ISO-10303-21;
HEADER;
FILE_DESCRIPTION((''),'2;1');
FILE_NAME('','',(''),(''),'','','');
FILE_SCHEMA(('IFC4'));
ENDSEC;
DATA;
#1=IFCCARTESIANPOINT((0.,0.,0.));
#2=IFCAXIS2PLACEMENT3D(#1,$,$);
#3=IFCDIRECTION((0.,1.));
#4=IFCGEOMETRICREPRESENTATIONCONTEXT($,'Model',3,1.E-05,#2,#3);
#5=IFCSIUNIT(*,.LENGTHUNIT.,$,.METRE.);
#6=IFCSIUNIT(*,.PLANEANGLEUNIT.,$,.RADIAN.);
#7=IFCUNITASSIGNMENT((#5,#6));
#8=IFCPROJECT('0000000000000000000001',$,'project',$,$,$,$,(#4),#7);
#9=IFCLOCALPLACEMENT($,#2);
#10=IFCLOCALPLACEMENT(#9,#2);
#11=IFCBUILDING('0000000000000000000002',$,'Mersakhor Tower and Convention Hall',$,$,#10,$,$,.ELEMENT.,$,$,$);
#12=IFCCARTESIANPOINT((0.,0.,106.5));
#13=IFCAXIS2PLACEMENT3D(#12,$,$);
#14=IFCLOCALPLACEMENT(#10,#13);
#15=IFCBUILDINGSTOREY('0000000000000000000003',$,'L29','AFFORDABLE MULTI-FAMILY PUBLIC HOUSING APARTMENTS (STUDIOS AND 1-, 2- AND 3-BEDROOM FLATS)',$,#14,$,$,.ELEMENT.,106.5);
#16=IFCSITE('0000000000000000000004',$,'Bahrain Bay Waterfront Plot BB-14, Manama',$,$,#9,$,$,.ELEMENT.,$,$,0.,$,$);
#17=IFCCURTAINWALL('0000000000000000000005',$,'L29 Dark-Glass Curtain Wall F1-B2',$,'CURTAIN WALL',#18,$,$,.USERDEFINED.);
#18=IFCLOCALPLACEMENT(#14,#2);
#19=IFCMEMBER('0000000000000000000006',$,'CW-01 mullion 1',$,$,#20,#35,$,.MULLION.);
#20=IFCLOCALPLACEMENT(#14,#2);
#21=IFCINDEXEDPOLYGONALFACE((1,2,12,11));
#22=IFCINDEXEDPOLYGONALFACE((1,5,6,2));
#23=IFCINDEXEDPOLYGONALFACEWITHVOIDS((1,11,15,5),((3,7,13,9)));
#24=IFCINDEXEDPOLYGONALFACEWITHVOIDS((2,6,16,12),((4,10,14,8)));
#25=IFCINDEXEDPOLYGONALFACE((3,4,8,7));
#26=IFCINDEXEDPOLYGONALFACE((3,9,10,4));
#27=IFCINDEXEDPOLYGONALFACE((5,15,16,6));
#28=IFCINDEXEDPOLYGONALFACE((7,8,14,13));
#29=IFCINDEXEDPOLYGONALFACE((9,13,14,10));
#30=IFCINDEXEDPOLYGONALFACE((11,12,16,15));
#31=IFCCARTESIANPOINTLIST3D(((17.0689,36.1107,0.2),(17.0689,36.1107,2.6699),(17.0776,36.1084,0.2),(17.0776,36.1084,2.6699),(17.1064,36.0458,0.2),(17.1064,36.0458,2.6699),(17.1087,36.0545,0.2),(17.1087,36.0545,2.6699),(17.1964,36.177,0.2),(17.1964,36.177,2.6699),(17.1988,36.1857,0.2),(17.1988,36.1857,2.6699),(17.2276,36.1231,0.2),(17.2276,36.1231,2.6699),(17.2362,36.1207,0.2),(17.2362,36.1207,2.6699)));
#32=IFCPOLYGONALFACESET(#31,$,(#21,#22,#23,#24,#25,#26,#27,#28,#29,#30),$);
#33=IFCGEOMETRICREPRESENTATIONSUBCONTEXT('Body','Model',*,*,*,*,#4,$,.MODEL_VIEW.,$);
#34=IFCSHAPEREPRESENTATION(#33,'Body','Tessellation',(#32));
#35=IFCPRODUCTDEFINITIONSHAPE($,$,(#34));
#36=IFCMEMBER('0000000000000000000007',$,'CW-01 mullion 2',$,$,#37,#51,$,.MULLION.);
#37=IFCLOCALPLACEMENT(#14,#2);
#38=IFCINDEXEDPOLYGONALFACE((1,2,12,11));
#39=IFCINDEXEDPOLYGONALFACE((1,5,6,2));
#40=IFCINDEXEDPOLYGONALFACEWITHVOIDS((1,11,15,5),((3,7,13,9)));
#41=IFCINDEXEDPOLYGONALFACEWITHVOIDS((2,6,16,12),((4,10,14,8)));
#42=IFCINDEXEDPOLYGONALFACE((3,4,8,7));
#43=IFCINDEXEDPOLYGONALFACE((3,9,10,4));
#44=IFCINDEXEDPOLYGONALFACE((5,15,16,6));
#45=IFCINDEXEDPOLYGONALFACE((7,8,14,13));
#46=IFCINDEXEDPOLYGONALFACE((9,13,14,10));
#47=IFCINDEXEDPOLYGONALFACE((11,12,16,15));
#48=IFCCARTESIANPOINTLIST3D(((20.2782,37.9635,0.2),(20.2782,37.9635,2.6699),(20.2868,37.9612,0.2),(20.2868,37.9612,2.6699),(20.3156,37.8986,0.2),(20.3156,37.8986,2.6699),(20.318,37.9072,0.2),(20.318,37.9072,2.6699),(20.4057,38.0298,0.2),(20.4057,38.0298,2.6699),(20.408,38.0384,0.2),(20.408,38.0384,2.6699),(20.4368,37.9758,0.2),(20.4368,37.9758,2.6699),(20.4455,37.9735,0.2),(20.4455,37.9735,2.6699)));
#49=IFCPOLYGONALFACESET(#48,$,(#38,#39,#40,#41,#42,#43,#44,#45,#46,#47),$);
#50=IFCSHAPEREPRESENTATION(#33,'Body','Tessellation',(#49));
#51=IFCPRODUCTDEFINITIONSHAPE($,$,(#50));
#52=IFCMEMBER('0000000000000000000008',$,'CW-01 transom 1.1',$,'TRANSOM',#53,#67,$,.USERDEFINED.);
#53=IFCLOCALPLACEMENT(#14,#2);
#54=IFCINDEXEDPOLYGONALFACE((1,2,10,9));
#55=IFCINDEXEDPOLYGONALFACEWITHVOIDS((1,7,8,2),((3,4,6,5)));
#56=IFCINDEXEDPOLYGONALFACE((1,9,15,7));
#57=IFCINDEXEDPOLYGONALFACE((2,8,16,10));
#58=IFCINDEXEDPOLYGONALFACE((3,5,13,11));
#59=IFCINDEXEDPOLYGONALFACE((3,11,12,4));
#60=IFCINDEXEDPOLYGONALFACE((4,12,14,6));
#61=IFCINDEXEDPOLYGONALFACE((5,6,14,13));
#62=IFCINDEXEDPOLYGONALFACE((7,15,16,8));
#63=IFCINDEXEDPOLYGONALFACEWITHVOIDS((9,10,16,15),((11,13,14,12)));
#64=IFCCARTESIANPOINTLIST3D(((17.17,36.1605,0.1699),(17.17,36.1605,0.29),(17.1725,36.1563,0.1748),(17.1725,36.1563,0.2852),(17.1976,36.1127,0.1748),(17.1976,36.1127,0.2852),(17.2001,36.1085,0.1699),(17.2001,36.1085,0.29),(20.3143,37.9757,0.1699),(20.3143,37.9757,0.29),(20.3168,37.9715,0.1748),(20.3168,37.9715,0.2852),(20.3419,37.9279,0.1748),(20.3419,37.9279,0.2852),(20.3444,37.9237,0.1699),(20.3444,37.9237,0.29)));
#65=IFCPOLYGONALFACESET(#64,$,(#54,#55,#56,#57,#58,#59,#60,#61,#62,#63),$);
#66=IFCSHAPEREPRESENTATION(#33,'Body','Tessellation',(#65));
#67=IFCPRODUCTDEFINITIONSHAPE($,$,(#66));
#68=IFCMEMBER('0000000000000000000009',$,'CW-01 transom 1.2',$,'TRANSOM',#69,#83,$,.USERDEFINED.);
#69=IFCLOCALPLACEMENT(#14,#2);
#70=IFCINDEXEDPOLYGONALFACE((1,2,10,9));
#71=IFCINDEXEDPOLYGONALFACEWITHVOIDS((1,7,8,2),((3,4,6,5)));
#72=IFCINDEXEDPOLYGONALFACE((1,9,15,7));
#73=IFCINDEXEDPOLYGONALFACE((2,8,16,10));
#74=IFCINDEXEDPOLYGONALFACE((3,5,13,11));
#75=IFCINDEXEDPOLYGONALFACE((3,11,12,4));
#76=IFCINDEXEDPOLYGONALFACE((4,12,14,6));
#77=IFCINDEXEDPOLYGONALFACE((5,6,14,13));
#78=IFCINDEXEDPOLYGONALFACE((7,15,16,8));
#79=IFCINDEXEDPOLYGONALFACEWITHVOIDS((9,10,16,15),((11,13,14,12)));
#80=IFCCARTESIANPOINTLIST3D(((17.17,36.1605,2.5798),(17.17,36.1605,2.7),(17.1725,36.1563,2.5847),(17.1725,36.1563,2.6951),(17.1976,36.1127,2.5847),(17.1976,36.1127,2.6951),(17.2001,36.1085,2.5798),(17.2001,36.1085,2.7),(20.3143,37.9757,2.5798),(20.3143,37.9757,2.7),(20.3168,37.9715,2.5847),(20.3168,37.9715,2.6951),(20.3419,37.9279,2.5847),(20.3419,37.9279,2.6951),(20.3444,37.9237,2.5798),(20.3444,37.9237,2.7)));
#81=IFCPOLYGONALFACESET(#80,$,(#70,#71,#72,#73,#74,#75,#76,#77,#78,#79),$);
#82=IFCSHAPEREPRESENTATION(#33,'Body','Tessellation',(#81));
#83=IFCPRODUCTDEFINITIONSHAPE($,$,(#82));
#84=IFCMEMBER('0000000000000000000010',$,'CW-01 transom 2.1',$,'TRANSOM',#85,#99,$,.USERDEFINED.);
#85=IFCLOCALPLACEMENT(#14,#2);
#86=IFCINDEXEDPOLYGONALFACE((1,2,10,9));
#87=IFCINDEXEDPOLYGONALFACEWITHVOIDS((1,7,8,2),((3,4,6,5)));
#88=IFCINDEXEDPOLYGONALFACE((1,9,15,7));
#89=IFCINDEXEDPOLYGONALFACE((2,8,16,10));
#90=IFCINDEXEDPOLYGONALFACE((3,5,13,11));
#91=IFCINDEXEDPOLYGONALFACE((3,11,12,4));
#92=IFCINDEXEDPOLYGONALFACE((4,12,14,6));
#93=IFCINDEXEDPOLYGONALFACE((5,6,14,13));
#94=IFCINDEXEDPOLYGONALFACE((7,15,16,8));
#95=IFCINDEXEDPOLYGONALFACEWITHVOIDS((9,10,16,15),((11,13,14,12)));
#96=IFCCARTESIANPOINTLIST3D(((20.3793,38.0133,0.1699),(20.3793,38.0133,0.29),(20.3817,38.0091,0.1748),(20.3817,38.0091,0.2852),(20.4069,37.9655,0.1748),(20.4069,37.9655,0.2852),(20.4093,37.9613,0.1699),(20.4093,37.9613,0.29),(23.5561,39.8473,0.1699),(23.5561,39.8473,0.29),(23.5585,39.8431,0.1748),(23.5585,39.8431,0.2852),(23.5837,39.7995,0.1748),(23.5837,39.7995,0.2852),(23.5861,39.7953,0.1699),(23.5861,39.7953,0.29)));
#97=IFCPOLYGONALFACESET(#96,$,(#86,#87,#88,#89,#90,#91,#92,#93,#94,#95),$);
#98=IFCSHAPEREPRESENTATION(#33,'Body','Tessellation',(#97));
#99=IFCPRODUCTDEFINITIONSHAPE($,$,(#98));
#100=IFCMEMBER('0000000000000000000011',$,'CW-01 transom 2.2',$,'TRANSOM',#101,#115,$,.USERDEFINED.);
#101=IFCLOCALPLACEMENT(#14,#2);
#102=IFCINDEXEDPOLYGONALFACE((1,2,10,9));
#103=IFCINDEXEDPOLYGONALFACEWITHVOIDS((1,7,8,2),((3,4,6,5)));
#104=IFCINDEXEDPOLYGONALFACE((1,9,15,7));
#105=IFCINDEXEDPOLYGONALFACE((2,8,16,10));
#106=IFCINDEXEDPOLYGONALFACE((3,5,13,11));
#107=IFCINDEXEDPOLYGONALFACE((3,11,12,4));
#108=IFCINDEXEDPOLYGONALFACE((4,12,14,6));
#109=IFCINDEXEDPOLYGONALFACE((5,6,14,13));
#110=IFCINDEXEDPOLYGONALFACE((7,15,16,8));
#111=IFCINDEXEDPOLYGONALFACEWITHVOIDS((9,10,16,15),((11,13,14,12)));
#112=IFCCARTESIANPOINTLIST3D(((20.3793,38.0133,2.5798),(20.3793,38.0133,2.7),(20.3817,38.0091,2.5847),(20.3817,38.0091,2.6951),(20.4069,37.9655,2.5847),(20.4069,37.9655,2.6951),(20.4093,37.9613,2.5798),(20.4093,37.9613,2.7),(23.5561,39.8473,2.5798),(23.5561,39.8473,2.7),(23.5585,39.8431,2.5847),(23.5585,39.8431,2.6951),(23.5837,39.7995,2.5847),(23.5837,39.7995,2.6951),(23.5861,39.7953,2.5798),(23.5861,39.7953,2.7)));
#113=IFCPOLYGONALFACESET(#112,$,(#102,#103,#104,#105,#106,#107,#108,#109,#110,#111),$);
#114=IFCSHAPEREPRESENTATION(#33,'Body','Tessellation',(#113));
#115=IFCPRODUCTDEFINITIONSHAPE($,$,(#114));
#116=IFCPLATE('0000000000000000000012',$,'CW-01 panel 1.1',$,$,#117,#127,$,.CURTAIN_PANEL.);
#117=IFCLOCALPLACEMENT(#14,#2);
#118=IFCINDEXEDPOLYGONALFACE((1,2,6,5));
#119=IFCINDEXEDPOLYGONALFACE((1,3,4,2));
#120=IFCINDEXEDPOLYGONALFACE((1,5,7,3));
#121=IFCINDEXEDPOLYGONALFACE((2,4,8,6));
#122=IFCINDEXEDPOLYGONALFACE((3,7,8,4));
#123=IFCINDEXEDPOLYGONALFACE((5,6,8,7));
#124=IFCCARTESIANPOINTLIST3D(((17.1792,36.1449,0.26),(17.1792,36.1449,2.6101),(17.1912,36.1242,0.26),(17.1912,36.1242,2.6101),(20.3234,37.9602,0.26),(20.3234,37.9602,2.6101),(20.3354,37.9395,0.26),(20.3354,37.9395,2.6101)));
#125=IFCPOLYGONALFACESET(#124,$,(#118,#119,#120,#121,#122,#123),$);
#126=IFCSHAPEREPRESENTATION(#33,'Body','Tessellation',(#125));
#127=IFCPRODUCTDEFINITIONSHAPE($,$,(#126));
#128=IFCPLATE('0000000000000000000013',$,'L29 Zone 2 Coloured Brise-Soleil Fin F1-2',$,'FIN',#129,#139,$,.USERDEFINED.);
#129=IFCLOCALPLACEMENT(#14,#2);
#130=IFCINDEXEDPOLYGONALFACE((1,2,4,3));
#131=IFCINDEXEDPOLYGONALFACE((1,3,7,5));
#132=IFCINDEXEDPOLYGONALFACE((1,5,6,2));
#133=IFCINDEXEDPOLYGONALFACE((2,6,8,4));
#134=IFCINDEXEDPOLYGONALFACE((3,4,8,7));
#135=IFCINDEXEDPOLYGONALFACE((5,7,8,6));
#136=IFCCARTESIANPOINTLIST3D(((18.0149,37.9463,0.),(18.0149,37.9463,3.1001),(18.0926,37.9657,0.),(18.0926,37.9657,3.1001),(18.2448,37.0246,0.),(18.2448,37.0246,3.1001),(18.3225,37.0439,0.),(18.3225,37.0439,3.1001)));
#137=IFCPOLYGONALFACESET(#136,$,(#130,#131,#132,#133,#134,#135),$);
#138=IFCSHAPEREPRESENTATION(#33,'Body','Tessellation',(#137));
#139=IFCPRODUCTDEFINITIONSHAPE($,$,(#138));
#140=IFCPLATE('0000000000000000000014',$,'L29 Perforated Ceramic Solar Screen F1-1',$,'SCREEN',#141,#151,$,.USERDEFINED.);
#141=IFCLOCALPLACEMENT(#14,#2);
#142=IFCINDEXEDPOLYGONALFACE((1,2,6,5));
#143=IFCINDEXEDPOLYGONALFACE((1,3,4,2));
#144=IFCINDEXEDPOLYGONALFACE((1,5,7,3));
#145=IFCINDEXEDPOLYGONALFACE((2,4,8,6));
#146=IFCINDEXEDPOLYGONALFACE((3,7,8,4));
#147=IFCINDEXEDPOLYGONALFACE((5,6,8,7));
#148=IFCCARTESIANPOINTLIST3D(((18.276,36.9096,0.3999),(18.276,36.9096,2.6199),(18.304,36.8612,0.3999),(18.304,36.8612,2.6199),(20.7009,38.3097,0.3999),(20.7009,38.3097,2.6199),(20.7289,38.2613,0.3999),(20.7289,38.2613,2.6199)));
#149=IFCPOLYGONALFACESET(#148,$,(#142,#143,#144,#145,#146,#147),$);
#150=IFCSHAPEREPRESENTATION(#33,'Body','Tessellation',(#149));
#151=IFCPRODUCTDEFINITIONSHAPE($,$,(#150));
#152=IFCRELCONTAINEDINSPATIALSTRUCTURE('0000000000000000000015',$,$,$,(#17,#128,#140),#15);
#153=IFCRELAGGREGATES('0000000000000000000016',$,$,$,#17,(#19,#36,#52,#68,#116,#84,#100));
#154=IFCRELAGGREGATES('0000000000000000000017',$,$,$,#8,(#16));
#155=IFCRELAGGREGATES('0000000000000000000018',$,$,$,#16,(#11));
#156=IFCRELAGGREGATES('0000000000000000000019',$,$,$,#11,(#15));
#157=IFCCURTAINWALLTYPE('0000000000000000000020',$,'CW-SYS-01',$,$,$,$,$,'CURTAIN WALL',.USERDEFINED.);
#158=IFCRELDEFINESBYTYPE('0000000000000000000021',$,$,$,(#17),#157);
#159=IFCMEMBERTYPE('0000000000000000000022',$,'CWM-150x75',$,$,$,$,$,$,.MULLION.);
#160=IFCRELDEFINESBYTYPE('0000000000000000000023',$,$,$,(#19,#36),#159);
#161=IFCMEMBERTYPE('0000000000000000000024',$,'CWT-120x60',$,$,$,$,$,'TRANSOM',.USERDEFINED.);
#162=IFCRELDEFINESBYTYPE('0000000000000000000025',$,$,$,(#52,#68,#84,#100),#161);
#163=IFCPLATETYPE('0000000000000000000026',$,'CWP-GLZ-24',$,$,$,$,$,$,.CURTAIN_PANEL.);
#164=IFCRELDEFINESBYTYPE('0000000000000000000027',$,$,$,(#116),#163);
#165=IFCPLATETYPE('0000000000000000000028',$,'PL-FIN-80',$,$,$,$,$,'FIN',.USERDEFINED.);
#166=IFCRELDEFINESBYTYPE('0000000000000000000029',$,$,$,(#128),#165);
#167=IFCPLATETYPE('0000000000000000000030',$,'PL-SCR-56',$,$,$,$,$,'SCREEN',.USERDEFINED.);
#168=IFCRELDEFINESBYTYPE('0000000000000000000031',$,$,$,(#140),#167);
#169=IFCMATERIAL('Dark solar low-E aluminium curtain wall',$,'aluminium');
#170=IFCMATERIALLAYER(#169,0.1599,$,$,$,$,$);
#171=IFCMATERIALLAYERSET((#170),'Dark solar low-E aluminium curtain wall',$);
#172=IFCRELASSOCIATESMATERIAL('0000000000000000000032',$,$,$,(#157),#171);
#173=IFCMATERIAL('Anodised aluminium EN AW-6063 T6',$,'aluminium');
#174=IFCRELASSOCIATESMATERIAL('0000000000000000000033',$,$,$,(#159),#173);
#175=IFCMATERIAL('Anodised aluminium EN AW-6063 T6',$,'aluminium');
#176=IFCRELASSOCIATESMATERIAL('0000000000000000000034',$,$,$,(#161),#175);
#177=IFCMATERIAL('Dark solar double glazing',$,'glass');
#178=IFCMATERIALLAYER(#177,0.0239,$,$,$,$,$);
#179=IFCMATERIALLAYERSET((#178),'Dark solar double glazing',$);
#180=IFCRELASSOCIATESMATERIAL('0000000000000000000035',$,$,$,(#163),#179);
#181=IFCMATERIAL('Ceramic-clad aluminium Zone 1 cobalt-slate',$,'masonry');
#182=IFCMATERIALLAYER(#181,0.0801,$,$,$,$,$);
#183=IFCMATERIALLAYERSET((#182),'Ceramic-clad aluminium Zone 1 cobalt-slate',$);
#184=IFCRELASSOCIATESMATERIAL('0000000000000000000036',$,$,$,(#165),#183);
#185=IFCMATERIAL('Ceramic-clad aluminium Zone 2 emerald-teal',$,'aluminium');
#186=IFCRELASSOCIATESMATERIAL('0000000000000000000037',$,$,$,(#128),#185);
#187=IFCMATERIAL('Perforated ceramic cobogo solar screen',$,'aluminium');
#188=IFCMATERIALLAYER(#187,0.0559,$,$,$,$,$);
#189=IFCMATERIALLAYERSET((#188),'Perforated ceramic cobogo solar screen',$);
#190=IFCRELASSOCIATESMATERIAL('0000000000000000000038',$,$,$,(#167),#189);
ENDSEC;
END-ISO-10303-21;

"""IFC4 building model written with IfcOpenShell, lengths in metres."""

from ifc_helpers import new_model, si_unit, direction, frame, origin, origin_2d, place, context, subcontext, project, spatial, rectangle, hollow_rectangle, extrude, material, layer, layer_set, material_profile, profile_set, type_object, element, aggregate, save


model = new_model("IFC4")

# Units and contexts
model_context = context("Model", 3, precision=1e-05, world=origin(), true_north=direction((0.0, 1.0)))
body_context = subcontext(model_context, "Body", "Model", "MODEL_VIEW")
ifc_project = project(units=[si_unit("LENGTHUNIT", "METRE"), si_unit("PLANEANGLEUNIT", "RADIAN")], contexts=[model_context])

# Site, building, storey
site_placement = place(None, origin())
site = spatial("IfcSite", under=ifc_project, at=site_placement, Name="Bahrain Bay Waterfront Plot BB-14, Manama", CompositionType="ELEMENT", RefElevation=0.0)
building_placement = place(site_placement, origin())
building = spatial("IfcBuilding", under=site, at=building_placement, Name="Mersakhor Tower and Convention Hall", CompositionType="ELEMENT")
storey_placement = place(building_placement, frame((0.0, 0.0, 106.5)))
storey = spatial("IfcBuildingStorey", under=building, at=storey_placement, Name="L29", Description="AFFORDABLE MULTI-FAMILY PUBLIC HOUSING APARTMENTS (STUDIOS AND 1-, 2- AND 3-BEDROOM FLATS)", CompositionType="ELEMENT", Elevation=106.5)

# Curtain wall, members, plate
ifc_material_1 = material(Name="Dark solar low-E aluminium curtain wall", Category="aluminium")
ifc_layer_1 = layer(ifc_material_1, 0.1599)
ifc_layer_set_1 = layer_set([ifc_layer_1], Name="Dark solar low-E aluminium curtain wall")
curtain_wall_type = type_object("IfcCurtainWallType", Name="CW-SYS-01", ElementType="CURTAIN WALL", PredefinedType="USERDEFINED", material=ifc_layer_set_1)
curtain_wall_placement = place(storey_placement, origin())
curtain_wall = element("IfcCurtainWall", 1, at=curtain_wall_placement, inside=storey, type_object=curtain_wall_type, Name="L29 Dark-Glass Curtain Wall F1-B2", ObjectType="CURTAIN WALL", PredefinedType="USERDEFINED")
ifc_material_2 = material(Name="Anodised aluminium EN AW-6063 T6", Category="aluminium")
ifc_material_profile_1 = material_profile(ifc_material_2, hollow_rectangle(XDim=0.075, YDim=0.1499, WallThickness=0.0063, at=origin_2d()), Name="RHS 150x75x6.3")
ifc_profile_set_1 = profile_set([ifc_material_profile_1], Name="Anodised aluminium EN AW-6063 T6")
member_type_1 = type_object("IfcMemberType", Name="CWM-150x75", PredefinedType="MULLION", material=ifc_profile_set_1)
member_1_placement = place(storey_placement, frame((17.1526, 36.1157, 0.2), z_axis=(0.0, 0.0, 1.0), x_axis=(-0.499998, 0.866027, 0.0)))
member_1 = element("IfcMember", 2, at=member_1_placement, type_object=member_type_1, Name="CW-01 mullion 1", PredefinedType="MULLION", context=body_context, shape_type="SweptSolid", body=[
    extrude(hollow_rectangle(XDim=0.075, YDim=0.1499, WallThickness=0.0063, at=origin_2d()), origin(), (0.0, 0.0, 1.0), 2.47),
])
member_2_placement = place(storey_placement, frame((20.3618, 37.9685, 0.2), z_axis=(0.0, 0.0, 1.0), x_axis=(-0.499998, 0.866027, 0.0)))
member_2 = element("IfcMember", 3, at=member_2_placement, type_object=member_type_1, Name="CW-01 mullion 2", PredefinedType="MULLION", context=body_context, shape_type="SweptSolid", body=[
    extrude(hollow_rectangle(XDim=0.075, YDim=0.1499, WallThickness=0.0063, at=origin_2d()), origin(), (0.0, 0.0, 1.0), 2.47),
])
ifc_material_3 = material(Name="Anodised aluminium EN AW-6063 T6", Category="aluminium")
ifc_material_profile_2 = material_profile(ifc_material_3, hollow_rectangle(XDim=0.0601, YDim=0.1201, WallThickness=0.0049, at=origin_2d()), Name="RHS 120x60x5")
ifc_profile_set_2 = profile_set([ifc_material_profile_2], Name="Anodised aluminium EN AW-6063 T6")
member_type_2 = type_object("IfcMemberType", Name="CWT-120x60", ElementType="TRANSOM", PredefinedType="USERDEFINED", material=ifc_profile_set_2)
member_3_placement = place(storey_placement, frame((17.1851, 36.1345, 0.23), z_axis=(0.866046, 0.499965, 0.0), x_axis=(-0.499965, 0.866046, 0.0)))
member_3 = element("IfcMember", 4, at=member_3_placement, type_object=member_type_2, Name="CW-01 transom 1.1", ObjectType="TRANSOM", PredefinedType="USERDEFINED", context=body_context, shape_type="SweptSolid", body=[
    extrude(hollow_rectangle(XDim=0.0601, YDim=0.1201, WallThickness=0.0049, at=origin_2d()), origin(), (0.0, 0.0, 1.0), 3.6306),
])
member_4_placement = place(storey_placement, frame((17.1851, 36.1345, 2.6399), z_axis=(0.866046, 0.499965, 0.0), x_axis=(-0.499965, 0.866046, 0.0)))
member_4 = element("IfcMember", 5, at=member_4_placement, type_object=member_type_2, Name="CW-01 transom 1.2", ObjectType="TRANSOM", PredefinedType="USERDEFINED", context=body_context, shape_type="SweptSolid", body=[
    extrude(hollow_rectangle(XDim=0.0601, YDim=0.1201, WallThickness=0.0049, at=origin_2d()), origin(), (0.0, 0.0, 1.0), 3.6306),
])
member_5_placement = place(storey_placement, frame((20.3943, 37.9873, 0.23), z_axis=(0.866039, 0.499976, 0.0), x_axis=(-0.499976, 0.866039, 0.0)))
member_5 = element("IfcMember", 6, at=member_5_placement, type_object=member_type_2, Name="CW-01 transom 2.1", ObjectType="TRANSOM", PredefinedType="USERDEFINED", context=body_context, shape_type="SweptSolid", body=[
    extrude(hollow_rectangle(XDim=0.0601, YDim=0.1201, WallThickness=0.0049, at=origin_2d()), origin(), (0.0, 0.0, 1.0), 3.6682),
])
member_6_placement = place(storey_placement, frame((20.3943, 37.9873, 2.6399), z_axis=(0.866039, 0.499976, 0.0), x_axis=(-0.499976, 0.866039, 0.0)))
member_6 = element("IfcMember", 7, at=member_6_placement, type_object=member_type_2, Name="CW-01 transom 2.2", ObjectType="TRANSOM", PredefinedType="USERDEFINED", context=body_context, shape_type="SweptSolid", body=[
    extrude(hollow_rectangle(XDim=0.0601, YDim=0.1201, WallThickness=0.0049, at=origin_2d()), origin(), (0.0, 0.0, 1.0), 3.6682),
])
ifc_material_4 = material(Name="Dark solar double glazing", Category="glass")
ifc_layer_2 = layer(ifc_material_4, 0.0239)
ifc_layer_set_2 = layer_set([ifc_layer_2], Name="Dark solar double glazing")
plate_type_1 = type_object("IfcPlateType", Name="CWP-GLZ-24", PredefinedType="CURTAIN_PANEL", material=ifc_layer_set_2)
plate_1_placement = place(storey_placement, frame((18.7573, 37.0422, 0.26), z_axis=(0.0, 0.0, 1.0), x_axis=(0.866027, 0.499998, 0.0)))
plate_1 = element("IfcPlate", 8, at=plate_1_placement, type_object=plate_type_1, Name="CW-01 panel 1.1", PredefinedType="CURTAIN_PANEL", context=body_context, shape_type="SweptSolid", body=[
    extrude(rectangle(XDim=3.6306, YDim=0.0239, at=origin_2d()), origin(), (0.0, 0.0, 1.0), 2.3501),
])
aggregate(curtain_wall, [member_1, member_2, member_3, member_4, plate_1, member_5, member_6])

# Plates
ifc_material_5 = material(Name="Ceramic-clad aluminium Zone 2 emerald-teal", Category="aluminium")
ifc_material_6 = material(Name="Ceramic-clad aluminium Zone 1 cobalt-slate", Category="masonry")
ifc_layer_3 = layer(ifc_material_6, 0.0801)
ifc_layer_set_3 = layer_set([ifc_layer_3], Name="Ceramic-clad aluminium Zone 1 cobalt-slate")
plate_type_2 = type_object("IfcPlateType", Name="PL-FIN-80", ElementType="FIN", PredefinedType="USERDEFINED", material=ifc_layer_set_3)
plate_2_placement = place(storey_placement, frame((18.1687, 37.4951, 0.0), z_axis=(0.0, 0.0, 1.0), x_axis=(-0.241922, 0.970296, 0.0)))
element("IfcPlate", 9, at=plate_2_placement, inside=storey, type_object=plate_type_2, material=ifc_material_5, Name="L29 Zone 2 Coloured Brise-Soleil Fin F1-2", ObjectType="FIN", PredefinedType="USERDEFINED", context=body_context, shape_type="SweptSolid", body=[
    extrude(rectangle(XDim=0.95, YDim=0.0801, at=origin_2d()), origin(), (0.0, 0.0, 1.0), 3.1001),
])
ifc_material_7 = material(Name="Perforated ceramic cobogo solar screen", Category="aluminium")
ifc_layer_4 = layer(ifc_material_7, 0.0559)
ifc_layer_set_4 = layer_set([ifc_layer_4], Name="Perforated ceramic cobogo solar screen")
plate_type_3 = type_object("IfcPlateType", Name="PL-SCR-56", ElementType="SCREEN", PredefinedType="USERDEFINED", material=ifc_layer_set_4)
plate_3_placement = place(storey_placement, frame((19.5024, 37.5854, 0.3999), z_axis=(0.0, 0.0, 1.0), x_axis=(0.866025, 0.5, 0.0)))
element("IfcPlate", 10, at=plate_3_placement, inside=storey, type_object=plate_type_3, Name="L29 Perforated Ceramic Solar Screen F1-1", ObjectType="SCREEN", PredefinedType="USERDEFINED", context=body_context, shape_type="SweptSolid", body=[
    extrude(rectangle(XDim=2.8, YDim=0.0559, at=origin_2d()), origin(), (0.0, 0.0, 1.0), 2.22),
])

save(model, "model.ifc")
